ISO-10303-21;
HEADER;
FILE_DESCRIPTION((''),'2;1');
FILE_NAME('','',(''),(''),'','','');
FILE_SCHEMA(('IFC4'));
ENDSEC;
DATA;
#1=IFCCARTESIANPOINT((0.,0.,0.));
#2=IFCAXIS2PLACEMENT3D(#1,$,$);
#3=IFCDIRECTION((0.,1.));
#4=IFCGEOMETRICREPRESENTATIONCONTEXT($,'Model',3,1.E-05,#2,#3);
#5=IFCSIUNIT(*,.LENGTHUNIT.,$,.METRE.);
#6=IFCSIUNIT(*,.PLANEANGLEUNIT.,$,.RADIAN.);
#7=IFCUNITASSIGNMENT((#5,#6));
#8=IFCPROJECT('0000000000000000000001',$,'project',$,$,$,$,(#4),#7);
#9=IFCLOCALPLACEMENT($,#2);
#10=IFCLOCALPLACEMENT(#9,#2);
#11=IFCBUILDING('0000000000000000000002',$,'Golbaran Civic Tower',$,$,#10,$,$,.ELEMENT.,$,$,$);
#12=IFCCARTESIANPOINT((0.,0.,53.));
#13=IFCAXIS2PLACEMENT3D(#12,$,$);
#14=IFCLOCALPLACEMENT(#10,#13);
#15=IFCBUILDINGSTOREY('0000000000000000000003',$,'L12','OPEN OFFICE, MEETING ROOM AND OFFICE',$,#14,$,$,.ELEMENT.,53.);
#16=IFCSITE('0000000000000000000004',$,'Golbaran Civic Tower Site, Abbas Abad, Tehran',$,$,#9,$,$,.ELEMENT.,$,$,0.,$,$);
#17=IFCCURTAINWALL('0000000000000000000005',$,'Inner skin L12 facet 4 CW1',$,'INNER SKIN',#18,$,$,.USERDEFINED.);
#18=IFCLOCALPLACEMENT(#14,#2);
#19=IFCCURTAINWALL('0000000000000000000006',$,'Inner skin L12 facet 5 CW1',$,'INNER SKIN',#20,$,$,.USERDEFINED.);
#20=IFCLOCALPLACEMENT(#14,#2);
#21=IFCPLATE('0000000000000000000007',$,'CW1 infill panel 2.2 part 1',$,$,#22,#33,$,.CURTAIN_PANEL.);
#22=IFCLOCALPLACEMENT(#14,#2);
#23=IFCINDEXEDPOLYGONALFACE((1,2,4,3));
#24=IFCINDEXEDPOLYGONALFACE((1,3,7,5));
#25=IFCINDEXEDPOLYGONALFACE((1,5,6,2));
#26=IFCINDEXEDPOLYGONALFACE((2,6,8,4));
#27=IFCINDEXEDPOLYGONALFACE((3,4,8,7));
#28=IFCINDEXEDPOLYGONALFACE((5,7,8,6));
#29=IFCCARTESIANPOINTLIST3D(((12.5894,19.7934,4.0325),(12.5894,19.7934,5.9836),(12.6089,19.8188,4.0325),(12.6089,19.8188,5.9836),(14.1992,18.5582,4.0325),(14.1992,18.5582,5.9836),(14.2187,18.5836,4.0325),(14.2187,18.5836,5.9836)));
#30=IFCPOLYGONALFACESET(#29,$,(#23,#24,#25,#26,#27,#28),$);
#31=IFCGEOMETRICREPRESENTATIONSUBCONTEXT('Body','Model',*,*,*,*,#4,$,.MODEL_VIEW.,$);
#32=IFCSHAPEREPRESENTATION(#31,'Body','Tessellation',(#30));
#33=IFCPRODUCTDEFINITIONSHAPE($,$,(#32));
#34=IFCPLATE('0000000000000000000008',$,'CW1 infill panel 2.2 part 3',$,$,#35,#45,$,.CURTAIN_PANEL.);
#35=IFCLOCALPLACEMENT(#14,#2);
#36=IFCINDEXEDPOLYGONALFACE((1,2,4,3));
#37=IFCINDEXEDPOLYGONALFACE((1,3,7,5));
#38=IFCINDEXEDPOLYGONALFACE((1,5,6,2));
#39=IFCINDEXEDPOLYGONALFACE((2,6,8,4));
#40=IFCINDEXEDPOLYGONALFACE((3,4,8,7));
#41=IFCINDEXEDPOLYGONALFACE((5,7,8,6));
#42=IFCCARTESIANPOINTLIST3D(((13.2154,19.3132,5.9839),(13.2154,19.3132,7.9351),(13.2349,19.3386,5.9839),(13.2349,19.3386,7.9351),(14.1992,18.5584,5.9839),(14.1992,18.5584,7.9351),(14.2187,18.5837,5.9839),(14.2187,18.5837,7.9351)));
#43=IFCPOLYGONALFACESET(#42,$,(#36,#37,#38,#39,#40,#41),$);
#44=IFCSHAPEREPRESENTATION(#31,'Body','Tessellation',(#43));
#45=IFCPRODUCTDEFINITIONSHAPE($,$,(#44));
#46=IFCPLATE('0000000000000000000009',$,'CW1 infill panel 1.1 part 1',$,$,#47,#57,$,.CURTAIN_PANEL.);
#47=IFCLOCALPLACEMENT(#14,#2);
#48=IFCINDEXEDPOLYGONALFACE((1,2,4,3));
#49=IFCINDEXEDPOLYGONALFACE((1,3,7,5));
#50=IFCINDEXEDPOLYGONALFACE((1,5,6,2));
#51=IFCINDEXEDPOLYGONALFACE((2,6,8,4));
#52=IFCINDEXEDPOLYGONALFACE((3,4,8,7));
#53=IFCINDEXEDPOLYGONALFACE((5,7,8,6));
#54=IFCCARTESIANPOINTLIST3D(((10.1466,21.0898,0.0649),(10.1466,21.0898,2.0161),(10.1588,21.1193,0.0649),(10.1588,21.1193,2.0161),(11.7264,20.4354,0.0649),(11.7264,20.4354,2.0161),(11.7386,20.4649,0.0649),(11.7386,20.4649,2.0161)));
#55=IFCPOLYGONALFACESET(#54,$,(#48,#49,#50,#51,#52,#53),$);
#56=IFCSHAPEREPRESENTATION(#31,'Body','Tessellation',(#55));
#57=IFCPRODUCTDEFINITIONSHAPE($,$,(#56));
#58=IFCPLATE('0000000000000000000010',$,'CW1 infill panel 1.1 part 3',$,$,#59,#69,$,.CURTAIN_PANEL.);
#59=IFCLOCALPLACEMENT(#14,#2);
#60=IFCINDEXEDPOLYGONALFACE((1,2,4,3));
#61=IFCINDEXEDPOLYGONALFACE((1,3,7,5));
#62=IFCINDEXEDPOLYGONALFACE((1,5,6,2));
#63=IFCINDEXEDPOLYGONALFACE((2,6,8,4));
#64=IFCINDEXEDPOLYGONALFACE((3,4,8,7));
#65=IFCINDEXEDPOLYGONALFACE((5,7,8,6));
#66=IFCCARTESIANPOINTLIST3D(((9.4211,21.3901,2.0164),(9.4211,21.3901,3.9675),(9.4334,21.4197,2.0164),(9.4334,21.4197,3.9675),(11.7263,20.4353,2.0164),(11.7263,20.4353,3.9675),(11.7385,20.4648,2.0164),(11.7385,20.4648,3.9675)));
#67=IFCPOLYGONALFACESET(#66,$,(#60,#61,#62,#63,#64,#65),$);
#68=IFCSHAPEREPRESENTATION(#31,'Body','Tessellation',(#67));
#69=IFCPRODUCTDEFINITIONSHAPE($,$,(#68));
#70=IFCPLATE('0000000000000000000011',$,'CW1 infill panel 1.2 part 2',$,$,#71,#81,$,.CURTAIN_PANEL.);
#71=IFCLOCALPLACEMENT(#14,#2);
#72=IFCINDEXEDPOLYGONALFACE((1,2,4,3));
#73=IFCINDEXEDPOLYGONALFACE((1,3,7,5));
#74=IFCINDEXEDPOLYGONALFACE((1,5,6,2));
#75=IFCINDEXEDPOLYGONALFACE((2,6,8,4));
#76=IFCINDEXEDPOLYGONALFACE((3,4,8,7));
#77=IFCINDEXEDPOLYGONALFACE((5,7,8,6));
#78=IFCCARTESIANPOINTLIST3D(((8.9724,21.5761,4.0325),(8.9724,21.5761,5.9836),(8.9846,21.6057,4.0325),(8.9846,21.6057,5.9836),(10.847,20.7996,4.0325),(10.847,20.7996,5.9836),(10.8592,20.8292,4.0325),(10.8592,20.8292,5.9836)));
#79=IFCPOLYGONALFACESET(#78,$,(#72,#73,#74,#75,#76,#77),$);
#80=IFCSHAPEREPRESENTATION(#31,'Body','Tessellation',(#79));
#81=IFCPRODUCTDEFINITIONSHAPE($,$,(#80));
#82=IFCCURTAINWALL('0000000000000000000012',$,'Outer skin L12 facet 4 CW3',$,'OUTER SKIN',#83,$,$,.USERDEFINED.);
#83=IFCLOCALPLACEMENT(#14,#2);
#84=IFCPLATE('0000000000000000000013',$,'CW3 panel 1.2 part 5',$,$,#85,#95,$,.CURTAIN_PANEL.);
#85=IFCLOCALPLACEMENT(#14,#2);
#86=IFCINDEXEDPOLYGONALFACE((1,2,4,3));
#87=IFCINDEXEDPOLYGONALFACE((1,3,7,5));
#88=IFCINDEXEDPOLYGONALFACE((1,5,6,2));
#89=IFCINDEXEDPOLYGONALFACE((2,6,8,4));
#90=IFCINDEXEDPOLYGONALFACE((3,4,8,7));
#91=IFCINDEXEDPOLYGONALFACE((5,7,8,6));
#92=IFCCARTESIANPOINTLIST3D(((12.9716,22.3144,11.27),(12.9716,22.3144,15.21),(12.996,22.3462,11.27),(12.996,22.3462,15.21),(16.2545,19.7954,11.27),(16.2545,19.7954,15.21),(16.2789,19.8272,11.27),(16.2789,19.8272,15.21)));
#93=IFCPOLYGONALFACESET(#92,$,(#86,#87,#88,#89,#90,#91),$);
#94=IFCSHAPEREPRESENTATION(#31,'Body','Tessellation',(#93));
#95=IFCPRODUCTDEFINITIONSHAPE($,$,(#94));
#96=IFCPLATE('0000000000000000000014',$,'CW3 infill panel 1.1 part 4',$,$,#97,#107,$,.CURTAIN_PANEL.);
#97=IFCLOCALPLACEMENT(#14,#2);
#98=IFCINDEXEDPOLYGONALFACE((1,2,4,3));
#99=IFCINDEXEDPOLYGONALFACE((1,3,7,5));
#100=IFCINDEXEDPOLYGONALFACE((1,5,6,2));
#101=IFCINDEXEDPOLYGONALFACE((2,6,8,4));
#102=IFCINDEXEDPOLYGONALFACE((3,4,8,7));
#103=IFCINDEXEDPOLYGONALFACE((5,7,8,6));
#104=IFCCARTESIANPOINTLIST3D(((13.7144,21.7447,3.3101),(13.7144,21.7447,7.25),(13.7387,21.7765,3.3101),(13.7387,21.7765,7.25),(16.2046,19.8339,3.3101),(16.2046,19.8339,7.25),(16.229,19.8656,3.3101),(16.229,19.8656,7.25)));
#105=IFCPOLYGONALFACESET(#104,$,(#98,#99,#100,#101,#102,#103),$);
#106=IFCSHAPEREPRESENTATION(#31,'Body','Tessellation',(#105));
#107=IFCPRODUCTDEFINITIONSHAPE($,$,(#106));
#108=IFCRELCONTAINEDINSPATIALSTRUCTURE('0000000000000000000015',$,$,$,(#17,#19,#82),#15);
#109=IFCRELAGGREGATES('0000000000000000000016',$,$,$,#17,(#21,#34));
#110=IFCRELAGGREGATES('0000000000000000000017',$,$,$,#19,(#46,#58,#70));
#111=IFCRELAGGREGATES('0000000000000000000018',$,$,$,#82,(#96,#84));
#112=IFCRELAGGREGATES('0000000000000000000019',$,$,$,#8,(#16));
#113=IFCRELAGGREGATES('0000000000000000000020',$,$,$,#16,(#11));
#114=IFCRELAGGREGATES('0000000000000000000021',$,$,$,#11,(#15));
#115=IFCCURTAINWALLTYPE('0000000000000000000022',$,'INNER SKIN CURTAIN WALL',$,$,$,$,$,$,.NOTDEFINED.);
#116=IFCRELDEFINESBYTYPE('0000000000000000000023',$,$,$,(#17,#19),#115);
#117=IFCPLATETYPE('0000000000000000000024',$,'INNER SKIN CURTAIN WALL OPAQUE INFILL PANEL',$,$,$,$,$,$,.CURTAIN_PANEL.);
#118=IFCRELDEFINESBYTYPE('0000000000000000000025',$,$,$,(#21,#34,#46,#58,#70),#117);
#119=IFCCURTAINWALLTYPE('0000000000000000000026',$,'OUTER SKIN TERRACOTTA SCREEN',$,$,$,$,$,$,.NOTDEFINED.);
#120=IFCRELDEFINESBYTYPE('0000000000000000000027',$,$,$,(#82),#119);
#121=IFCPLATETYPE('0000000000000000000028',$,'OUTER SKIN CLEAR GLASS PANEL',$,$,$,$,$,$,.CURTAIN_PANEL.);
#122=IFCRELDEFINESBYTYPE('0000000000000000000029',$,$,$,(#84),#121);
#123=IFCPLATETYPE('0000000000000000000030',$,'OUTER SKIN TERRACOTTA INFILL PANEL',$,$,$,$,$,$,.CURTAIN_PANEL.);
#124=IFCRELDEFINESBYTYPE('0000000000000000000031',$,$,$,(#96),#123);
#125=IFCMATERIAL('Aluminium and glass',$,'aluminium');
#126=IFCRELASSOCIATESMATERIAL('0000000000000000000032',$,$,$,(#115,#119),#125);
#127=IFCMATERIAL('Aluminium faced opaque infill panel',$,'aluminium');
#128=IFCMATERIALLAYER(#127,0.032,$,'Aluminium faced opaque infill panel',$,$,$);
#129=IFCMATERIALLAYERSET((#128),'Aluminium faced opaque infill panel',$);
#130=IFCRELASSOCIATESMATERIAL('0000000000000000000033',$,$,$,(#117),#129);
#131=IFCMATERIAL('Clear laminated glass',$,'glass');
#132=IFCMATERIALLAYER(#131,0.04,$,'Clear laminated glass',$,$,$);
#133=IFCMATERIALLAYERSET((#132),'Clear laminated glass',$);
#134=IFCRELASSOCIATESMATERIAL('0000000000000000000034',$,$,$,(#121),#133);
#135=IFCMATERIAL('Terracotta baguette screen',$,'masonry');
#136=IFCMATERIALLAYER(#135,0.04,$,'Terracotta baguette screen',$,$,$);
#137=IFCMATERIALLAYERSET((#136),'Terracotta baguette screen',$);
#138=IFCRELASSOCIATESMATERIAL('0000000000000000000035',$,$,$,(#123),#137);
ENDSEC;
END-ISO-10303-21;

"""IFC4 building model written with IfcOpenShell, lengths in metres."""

from ifc_helpers import new_model, si_unit, direction, frame, origin, origin_2d, place, context, subcontext, project, spatial, rectangle, extrude, material, layer, layer_set, type_object, element, aggregate, save


model = new_model("IFC4")

# Units and contexts
model_context = context("Model", 3, precision=1e-05, world=origin(), true_north=direction((0.0, 1.0)))
body_context = subcontext(model_context, "Body", "Model", "MODEL_VIEW")
ifc_project = project(units=[si_unit("LENGTHUNIT", "METRE"), si_unit("PLANEANGLEUNIT", "RADIAN")], contexts=[model_context])

# Site, building, storey
site_placement = place(None, origin())
site = spatial("IfcSite", under=ifc_project, at=site_placement, Name="Golbaran Civic Tower Site, Abbas Abad, Tehran", CompositionType="ELEMENT", RefElevation=0.0)
building_placement = place(site_placement, origin())
building = spatial("IfcBuilding", under=site, at=building_placement, Name="Golbaran Civic Tower", CompositionType="ELEMENT")
storey_placement = place(building_placement, frame((0.0, 0.0, 53.0)))
storey = spatial("IfcBuildingStorey", under=building, at=storey_placement, Name="L12", Description="OPEN OFFICE, MEETING ROOM AND OFFICE", CompositionType="ELEMENT", Elevation=53.0)

# Curtain wall
ifc_material_1 = material(Name="Aluminium and glass", Category="aluminium")
curtain_wall_type_1 = type_object("IfcCurtainWallType", Name="INNER SKIN CURTAIN WALL", PredefinedType="NOTDEFINED", material=ifc_material_1)
curtain_wall_1_placement = place(storey_placement, origin())
curtain_wall_1 = element("IfcCurtainWall", 1, at=curtain_wall_1_placement, inside=storey, type_object=curtain_wall_type_1, Name="Inner skin L12 facet 4 CW1", ObjectType="INNER SKIN", PredefinedType="USERDEFINED")

# Curtain wall
curtain_wall_2_placement = place(storey_placement, origin())
curtain_wall_2 = element("IfcCurtainWall", 2, at=curtain_wall_2_placement, inside=storey, type_object=curtain_wall_type_1, Name="Inner skin L12 facet 5 CW1", ObjectType="INNER SKIN", PredefinedType="USERDEFINED")

# Plates
ifc_material_2 = material(Name="Aluminium faced opaque infill panel", Category="aluminium")
ifc_layer_1 = layer(ifc_material_2, 0.032, Name="Aluminium faced opaque infill panel")
ifc_layer_set_1 = layer_set([ifc_layer_1], Name="Aluminium faced opaque infill panel")
plate_type_1 = type_object("IfcPlateType", Name="INNER SKIN CURTAIN WALL OPAQUE INFILL PANEL", PredefinedType="CURTAIN_PANEL", material=ifc_layer_set_1)
plate_1_placement = place(storey_placement, frame((13.4041, 19.1885, 4.0325), z_axis=(0.0, 0.0, 1.0), x_axis=(-0.793353, 0.608761, 0.0)))
plate_1 = element("IfcPlate", 3, at=plate_1_placement, type_object=plate_type_1, Name="CW1 infill panel 2.2 part 1", PredefinedType="CURTAIN_PANEL", context=body_context, shape_type="SweptSolid", body=[
    extrude(rectangle(XDim=2.0291, YDim=0.032, at=origin_2d()), origin(), (0.0, 0.0, 1.0), 1.9512),
])
plate_2_placement = place(storey_placement, frame((13.717, 18.9485, 5.9839), z_axis=(0.0, 0.0, 1.0), x_axis=(-0.793353, 0.608761, 0.0)))
plate_2 = element("IfcPlate", 4, at=plate_2_placement, type_object=plate_type_1, Name="CW1 infill panel 2.2 part 3", PredefinedType="CURTAIN_PANEL", context=body_context, shape_type="SweptSolid", body=[
    extrude(rectangle(XDim=1.24, YDim=0.032, at=origin_2d()), origin(), (0.0, 0.0, 1.0), 1.9512),
])
aggregate(curtain_wall_1, [plate_1, plate_2])
plate_3_placement = place(storey_placement, frame((10.9426, 20.7773, 0.0649), z_axis=(0.0, 0.0, 1.0), x_axis=(-0.92388, 0.382683, 0.0)))
plate_3 = element("IfcPlate", 5, at=plate_3_placement, type_object=plate_type_1, Name="CW1 infill panel 1.1 part 1", PredefinedType="CURTAIN_PANEL", context=body_context, shape_type="SweptSolid", body=[
    extrude(rectangle(XDim=1.71, YDim=0.032, at=origin_2d()), origin(), (0.0, 0.0, 1.0), 1.9512),
])
plate_4_placement = place(storey_placement, frame((10.5798, 20.9275, 2.0164), z_axis=(0.0, 0.0, 1.0), x_axis=(-0.92388, 0.382683, 0.0)))
plate_4 = element("IfcPlate", 6, at=plate_4_placement, type_object=plate_type_1, Name="CW1 infill panel 1.1 part 3", PredefinedType="CURTAIN_PANEL", context=body_context, shape_type="SweptSolid", body=[
    extrude(rectangle(XDim=2.4951, YDim=0.032, at=origin_2d()), origin(), (0.0, 0.0, 1.0), 1.9512),
])
plate_5_placement = place(storey_placement, frame((9.9158, 21.2026, 4.0325), z_axis=(0.0, 0.0, 1.0), x_axis=(-0.92388, 0.382683, 0.0)))
plate_5 = element("IfcPlate", 7, at=plate_5_placement, type_object=plate_type_1, Name="CW1 infill panel 1.2 part 2", PredefinedType="CURTAIN_PANEL", context=body_context, shape_type="SweptSolid", body=[
    extrude(rectangle(XDim=2.0291, YDim=0.032, at=origin_2d()), origin(), (0.0, 0.0, 1.0), 1.9512),
])
aggregate(curtain_wall_2, [plate_3, plate_4, plate_5])

# Curtain wall, plates
curtain_wall_type_2 = type_object("IfcCurtainWallType", Name="OUTER SKIN TERRACOTTA SCREEN", PredefinedType="NOTDEFINED", material=ifc_material_1)
curtain_wall_3_placement = place(storey_placement, origin())
curtain_wall_3 = element("IfcCurtainWall", 8, at=curtain_wall_3_placement, inside=storey, type_object=curtain_wall_type_2, Name="Outer skin L12 facet 4 CW3", ObjectType="OUTER SKIN", PredefinedType="USERDEFINED")
ifc_material_3 = material(Name="Clear laminated glass", Category="glass")
ifc_layer_2 = layer(ifc_material_3, 0.04, Name="Clear laminated glass")
ifc_layer_set_2 = layer_set([ifc_layer_2], Name="Clear laminated glass")
plate_type_2 = type_object("IfcPlateType", Name="OUTER SKIN CLEAR GLASS PANEL", PredefinedType="CURTAIN_PANEL", material=ifc_layer_set_2)
plate_6_placement = place(storey_placement, frame((14.6252, 21.0708, 11.27), z_axis=(0.0, 0.0, 1.0), x_axis=(-0.793353, 0.608761, 0.0)))
plate_6 = element("IfcPlate", 9, at=plate_6_placement, type_object=plate_type_2, Name="CW3 panel 1.2 part 5", PredefinedType="CURTAIN_PANEL", context=body_context, shape_type="SweptSolid", body=[
    extrude(rectangle(XDim=4.1379, YDim=0.04, at=origin_2d()), origin(), (0.0, 0.0, 1.0), 3.9399),
])
ifc_material_4 = material(Name="Terracotta baguette screen", Category="masonry")
ifc_layer_3 = layer(ifc_material_4, 0.04, Name="Terracotta baguette screen")
ifc_layer_set_3 = layer_set([ifc_layer_3], Name="Terracotta baguette screen")
plate_type_3 = type_object("IfcPlateType", Name="OUTER SKIN TERRACOTTA INFILL PANEL", PredefinedType="CURTAIN_PANEL", material=ifc_layer_set_3)
plate_7_placement = place(storey_placement, frame((14.9717, 20.8052, 3.3101), z_axis=(0.0, 0.0, 1.0), x_axis=(-0.793353, 0.608761, 0.0)))
plate_7 = element("IfcPlate", 10, at=plate_7_placement, type_object=plate_type_3, Name="CW3 infill panel 1.1 part 4", PredefinedType="CURTAIN_PANEL", context=body_context, shape_type="SweptSolid", body=[
    extrude(rectangle(XDim=3.1389, YDim=0.04, at=origin_2d()), origin(), (0.0, 0.0, 1.0), 3.9399),
])
aggregate(curtain_wall_3, [plate_7, plate_6])

save(model, "model.ifc")
